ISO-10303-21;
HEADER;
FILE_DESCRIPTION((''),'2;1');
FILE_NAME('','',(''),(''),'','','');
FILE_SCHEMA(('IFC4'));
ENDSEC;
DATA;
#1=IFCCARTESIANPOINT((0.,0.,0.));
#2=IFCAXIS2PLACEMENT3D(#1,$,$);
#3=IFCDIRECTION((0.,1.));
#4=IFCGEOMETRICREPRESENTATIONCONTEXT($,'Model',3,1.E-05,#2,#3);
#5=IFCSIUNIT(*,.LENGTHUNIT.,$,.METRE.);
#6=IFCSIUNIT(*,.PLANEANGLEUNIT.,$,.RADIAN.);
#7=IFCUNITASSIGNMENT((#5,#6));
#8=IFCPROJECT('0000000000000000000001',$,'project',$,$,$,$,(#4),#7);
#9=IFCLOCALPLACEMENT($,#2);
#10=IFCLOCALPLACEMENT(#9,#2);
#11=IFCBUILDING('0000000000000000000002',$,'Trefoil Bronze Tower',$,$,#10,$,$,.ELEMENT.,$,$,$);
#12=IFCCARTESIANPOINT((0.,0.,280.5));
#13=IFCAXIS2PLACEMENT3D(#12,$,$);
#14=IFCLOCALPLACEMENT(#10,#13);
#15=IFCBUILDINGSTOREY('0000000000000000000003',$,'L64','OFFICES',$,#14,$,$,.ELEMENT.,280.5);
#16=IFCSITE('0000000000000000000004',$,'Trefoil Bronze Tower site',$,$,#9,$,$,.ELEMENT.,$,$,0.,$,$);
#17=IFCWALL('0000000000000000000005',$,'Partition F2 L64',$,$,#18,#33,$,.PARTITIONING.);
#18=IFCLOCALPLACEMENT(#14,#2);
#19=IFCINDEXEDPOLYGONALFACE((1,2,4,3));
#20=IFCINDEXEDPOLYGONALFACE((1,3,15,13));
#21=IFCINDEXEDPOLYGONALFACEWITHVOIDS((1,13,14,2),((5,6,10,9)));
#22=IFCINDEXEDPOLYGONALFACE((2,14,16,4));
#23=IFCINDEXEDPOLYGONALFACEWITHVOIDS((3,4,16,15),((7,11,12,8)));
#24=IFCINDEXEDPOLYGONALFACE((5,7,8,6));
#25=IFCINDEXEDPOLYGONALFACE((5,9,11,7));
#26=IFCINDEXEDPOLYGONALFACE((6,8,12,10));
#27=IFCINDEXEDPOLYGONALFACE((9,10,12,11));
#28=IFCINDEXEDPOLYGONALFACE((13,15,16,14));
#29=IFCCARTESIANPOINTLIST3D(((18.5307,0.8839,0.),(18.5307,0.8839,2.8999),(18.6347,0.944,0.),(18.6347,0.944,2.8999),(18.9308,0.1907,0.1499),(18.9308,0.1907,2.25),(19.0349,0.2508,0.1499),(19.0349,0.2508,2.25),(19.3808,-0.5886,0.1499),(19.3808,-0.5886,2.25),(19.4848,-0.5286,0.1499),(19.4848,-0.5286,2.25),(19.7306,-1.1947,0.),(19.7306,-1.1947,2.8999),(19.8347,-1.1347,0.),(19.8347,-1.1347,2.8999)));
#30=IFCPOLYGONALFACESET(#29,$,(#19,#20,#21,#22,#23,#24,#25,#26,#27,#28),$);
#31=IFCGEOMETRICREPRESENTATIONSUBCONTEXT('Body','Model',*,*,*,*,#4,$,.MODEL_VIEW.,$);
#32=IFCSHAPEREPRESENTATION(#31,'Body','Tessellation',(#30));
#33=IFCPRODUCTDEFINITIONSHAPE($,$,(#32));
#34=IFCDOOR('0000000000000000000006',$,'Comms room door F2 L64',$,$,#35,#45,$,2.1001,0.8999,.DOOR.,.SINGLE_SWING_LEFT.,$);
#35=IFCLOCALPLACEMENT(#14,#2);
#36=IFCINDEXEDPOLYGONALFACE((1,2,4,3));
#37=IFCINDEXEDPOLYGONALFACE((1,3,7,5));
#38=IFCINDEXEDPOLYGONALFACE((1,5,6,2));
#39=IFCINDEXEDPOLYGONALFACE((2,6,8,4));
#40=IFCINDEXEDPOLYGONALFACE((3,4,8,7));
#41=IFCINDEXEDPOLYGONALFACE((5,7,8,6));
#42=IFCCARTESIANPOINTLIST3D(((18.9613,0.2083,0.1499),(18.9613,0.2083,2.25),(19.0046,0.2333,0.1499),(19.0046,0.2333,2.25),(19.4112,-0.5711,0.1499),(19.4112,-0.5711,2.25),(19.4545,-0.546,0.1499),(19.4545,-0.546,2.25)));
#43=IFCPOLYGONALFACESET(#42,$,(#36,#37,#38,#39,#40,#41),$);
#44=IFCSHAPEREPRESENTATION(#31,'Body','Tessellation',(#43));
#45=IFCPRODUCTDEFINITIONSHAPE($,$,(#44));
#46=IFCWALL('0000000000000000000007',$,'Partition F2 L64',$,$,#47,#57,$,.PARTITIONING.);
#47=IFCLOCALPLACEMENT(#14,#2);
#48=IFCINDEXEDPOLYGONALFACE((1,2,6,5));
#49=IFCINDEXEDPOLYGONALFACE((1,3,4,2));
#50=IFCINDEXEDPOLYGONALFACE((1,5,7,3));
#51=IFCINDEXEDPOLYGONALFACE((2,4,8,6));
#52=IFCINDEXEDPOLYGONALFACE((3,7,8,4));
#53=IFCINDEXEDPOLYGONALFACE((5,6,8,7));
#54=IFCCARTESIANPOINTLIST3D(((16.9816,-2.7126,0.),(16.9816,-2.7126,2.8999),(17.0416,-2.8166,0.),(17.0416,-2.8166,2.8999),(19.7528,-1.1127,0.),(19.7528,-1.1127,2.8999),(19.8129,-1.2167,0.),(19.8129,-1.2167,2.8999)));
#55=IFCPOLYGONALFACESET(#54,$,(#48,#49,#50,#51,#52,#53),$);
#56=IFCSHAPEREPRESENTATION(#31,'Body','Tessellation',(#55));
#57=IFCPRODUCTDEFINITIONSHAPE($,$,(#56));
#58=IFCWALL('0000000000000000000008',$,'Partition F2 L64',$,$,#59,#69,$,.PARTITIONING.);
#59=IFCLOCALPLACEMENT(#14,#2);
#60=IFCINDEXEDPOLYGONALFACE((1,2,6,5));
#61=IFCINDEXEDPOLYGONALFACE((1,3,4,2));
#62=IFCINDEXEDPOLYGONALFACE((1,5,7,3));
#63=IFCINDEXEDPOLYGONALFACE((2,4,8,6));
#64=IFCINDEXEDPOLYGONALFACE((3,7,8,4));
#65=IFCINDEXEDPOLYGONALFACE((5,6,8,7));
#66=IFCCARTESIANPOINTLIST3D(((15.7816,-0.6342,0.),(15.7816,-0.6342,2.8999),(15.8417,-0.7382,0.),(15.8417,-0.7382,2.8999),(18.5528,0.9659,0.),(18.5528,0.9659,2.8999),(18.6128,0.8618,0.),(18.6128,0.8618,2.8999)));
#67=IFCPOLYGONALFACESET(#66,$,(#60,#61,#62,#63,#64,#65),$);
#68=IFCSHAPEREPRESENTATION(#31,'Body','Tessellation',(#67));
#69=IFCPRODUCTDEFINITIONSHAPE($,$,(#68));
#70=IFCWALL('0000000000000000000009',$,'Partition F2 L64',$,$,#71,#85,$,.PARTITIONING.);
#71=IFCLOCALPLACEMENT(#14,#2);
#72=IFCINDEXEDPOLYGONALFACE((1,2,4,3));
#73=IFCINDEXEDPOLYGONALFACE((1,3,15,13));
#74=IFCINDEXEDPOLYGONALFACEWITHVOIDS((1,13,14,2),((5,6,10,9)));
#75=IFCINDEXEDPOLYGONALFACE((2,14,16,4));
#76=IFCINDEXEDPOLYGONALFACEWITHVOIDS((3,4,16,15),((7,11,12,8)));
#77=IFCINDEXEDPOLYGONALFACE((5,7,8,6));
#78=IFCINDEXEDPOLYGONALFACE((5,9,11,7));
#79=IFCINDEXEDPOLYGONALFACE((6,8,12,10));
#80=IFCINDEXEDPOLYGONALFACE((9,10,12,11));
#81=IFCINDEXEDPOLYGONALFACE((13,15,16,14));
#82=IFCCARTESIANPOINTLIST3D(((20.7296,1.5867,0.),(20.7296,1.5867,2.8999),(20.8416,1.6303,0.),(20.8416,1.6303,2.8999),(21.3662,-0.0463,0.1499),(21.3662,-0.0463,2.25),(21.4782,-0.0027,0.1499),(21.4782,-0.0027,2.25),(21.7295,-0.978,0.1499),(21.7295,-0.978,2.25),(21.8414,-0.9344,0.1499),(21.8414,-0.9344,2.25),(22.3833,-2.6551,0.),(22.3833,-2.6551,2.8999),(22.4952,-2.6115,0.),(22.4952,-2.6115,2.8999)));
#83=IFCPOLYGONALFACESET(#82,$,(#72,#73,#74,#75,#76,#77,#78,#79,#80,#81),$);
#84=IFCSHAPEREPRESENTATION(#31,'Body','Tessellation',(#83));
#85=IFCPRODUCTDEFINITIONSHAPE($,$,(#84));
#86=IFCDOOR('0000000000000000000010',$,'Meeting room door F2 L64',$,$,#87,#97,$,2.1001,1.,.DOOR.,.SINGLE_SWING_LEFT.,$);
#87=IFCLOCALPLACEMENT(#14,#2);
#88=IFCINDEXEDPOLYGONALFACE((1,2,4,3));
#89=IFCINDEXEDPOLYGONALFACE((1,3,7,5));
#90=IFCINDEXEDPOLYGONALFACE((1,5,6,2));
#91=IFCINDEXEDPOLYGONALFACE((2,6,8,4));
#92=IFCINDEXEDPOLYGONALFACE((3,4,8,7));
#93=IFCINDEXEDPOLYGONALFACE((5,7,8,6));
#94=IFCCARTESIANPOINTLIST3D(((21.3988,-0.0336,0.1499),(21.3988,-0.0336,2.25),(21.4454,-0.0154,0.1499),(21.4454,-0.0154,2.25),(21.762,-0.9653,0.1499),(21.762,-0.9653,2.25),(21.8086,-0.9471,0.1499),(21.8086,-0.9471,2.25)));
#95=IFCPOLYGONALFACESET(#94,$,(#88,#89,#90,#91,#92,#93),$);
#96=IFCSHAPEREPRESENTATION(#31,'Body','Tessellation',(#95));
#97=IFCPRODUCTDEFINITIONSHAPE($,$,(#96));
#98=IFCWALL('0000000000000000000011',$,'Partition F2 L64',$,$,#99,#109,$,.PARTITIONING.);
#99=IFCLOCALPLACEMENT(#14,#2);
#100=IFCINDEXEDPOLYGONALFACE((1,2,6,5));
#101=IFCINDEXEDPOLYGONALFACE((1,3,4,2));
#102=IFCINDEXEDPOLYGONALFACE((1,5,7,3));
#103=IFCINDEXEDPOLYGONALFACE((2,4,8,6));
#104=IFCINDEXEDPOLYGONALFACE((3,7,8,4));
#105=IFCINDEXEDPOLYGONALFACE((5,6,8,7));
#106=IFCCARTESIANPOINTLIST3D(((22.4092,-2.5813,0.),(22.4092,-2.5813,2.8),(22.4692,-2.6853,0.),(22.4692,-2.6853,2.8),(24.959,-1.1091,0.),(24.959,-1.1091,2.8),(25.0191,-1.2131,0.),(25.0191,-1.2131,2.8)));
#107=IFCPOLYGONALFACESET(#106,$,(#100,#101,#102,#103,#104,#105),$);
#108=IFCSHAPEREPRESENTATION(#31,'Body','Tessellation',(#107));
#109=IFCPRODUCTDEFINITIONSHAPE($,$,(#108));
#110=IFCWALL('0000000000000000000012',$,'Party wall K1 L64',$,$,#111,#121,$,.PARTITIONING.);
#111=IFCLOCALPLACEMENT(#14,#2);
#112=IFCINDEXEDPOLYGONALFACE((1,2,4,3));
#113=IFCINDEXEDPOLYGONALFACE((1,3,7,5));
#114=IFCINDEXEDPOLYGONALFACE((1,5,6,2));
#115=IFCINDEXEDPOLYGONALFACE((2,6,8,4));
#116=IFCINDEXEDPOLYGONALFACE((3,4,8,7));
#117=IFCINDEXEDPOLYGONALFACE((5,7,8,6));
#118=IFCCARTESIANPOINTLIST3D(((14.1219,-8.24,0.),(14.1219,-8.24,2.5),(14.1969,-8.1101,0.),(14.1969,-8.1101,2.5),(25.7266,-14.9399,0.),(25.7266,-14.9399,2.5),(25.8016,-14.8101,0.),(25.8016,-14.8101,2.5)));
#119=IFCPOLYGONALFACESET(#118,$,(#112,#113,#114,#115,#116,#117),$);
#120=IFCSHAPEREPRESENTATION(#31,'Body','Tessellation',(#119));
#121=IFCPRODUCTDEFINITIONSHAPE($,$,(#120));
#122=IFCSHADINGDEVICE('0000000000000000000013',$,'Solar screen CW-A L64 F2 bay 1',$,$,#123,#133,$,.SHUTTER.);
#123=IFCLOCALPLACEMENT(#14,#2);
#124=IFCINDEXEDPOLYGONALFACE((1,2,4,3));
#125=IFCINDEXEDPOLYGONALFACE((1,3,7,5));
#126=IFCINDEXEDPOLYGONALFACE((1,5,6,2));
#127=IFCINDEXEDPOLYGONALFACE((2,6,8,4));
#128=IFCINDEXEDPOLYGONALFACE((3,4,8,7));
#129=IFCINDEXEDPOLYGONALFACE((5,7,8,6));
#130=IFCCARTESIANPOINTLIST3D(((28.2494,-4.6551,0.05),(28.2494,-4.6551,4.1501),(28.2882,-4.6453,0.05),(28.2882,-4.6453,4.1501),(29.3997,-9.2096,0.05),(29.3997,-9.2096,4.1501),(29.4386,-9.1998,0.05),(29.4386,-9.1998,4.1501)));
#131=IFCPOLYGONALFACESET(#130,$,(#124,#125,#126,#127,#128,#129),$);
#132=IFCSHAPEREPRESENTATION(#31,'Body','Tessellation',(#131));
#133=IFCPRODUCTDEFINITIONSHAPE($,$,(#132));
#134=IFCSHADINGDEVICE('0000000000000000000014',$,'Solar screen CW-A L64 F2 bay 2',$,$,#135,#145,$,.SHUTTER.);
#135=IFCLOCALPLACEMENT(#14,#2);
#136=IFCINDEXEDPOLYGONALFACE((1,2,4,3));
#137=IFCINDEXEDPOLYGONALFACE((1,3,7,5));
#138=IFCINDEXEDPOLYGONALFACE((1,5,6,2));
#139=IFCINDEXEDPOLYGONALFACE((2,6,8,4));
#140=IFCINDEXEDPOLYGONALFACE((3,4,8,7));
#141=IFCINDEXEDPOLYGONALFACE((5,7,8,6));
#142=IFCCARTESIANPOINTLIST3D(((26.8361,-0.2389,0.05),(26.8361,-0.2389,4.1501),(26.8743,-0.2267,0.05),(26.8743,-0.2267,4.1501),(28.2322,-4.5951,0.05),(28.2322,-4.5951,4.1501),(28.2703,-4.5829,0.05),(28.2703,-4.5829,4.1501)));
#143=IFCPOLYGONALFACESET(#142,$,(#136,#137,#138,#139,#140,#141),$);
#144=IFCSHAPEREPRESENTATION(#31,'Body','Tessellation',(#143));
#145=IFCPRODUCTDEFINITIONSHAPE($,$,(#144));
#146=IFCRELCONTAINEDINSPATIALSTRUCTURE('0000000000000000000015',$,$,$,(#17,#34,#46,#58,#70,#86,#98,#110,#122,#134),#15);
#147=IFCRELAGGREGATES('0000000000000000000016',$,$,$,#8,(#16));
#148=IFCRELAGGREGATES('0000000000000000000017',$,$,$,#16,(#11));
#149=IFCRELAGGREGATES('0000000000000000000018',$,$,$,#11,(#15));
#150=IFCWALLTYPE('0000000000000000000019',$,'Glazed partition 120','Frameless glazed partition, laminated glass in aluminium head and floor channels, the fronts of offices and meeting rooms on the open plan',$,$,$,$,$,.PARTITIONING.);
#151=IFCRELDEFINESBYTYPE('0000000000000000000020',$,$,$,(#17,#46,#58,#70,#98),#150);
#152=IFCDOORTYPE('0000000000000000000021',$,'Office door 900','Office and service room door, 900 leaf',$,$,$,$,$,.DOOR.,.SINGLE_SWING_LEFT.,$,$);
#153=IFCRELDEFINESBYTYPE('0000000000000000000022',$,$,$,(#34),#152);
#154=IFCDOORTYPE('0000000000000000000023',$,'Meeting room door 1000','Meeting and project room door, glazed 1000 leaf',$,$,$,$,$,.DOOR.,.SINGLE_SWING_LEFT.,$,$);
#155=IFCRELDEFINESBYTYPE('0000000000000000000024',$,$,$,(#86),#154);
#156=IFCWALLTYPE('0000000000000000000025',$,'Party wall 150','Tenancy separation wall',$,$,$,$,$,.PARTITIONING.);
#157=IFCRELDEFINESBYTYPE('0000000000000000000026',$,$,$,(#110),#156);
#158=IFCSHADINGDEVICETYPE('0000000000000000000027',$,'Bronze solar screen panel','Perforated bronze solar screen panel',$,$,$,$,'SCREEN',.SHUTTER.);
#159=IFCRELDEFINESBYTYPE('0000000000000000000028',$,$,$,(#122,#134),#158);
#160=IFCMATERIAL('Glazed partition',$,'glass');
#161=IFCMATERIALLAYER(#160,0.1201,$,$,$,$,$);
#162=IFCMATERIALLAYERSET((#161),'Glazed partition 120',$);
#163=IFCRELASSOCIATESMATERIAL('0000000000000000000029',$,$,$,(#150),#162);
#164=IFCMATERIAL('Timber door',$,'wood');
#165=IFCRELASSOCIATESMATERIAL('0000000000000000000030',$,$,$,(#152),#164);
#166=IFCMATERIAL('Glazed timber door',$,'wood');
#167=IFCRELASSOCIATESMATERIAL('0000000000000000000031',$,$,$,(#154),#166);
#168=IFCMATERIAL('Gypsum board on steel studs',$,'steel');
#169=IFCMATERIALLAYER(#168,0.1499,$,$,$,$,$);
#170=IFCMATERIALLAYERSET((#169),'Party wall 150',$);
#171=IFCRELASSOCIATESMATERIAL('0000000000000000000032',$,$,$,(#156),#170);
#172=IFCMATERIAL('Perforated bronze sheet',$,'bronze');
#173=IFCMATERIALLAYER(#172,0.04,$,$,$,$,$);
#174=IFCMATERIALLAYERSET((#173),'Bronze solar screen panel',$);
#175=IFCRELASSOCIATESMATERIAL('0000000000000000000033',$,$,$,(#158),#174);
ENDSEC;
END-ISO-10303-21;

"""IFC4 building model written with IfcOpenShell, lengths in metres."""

from ifc_helpers import new_model, si_unit, direction, frame, frame_2d, origin, origin_2d, place, context, subcontext, project, spatial, rectangle, extrude, material, layer, layer_set, type_object, element, fill, save


model = new_model("IFC4")

# Units and contexts
model_context = context("Model", 3, precision=1e-05, world=origin(), true_north=direction((0.0, 1.0)))
body_context = subcontext(model_context, "Body", "Model", "MODEL_VIEW")
ifc_project = project(units=[si_unit("LENGTHUNIT", "METRE"), si_unit("PLANEANGLEUNIT", "RADIAN")], contexts=[model_context])

# Site, building, storey
site_placement = place(None, origin())
site = spatial("IfcSite", under=ifc_project, at=site_placement, Name="Trefoil Bronze Tower site", CompositionType="ELEMENT", RefElevation=0.0)
building_placement = place(site_placement, origin())
building = spatial("IfcBuilding", under=site, at=building_placement, Name="Trefoil Bronze Tower", CompositionType="ELEMENT")
storey_placement = place(building_placement, frame((0.0, 0.0, 280.5)))
storey = spatial("IfcBuildingStorey", under=building, at=storey_placement, Name="L64", Description="OFFICES", CompositionType="ELEMENT", Elevation=280.5)

# Wall, opening, door
ifc_material_1 = material(Name="Glazed partition", Category="glass")
ifc_layer_1 = layer(ifc_material_1, 0.1201)
ifc_layer_set_1 = layer_set([ifc_layer_1], Name="Glazed partition 120")
wall_type_1 = type_object("IfcWallType", Name="Glazed partition 120", Description="Frameless glazed partition, laminated glass in aluminium head and floor channels, the fronts of offices and meeting rooms on the open plan", PredefinedType="PARTITIONING", material=ifc_layer_set_1)
wall_1_placement = place(storey_placement, frame((19.7827, -1.1648, 0.0), z_axis=(0.0, 0.0, 1.0), x_axis=(-0.499957, 0.86605, 0.0)))
wall_1 = element("IfcWall", 1, at=wall_1_placement, inside=storey, type_object=wall_type_1, Name="Partition F2 L64", PredefinedType="PARTITIONING", context=body_context, shape_type="SweptSolid", body=[
    extrude(rectangle(XDim=2.4001, YDim=0.1201, at=frame_2d((1.2002, 0.0))), origin(), (0.0, 0.0, 1.0), 2.8999),
])
opening_1_placement = place(wall_1_placement, frame((0.7, 0.0, 0.1499)))
opening_1 = element("IfcOpeningElement", 2, at=opening_1_placement, cuts=wall_1, PredefinedType="OPENING", context=body_context, shape_type="SweptSolid", body=[
    extrude(rectangle(XDim=0.8999, YDim=2.1001, at=frame_2d((0.45, 1.05))), frame((0.0, 0.0701, 0.0), z_axis=(0.0, -1.0, 0.0), x_axis=(1.0, 0.0, 0.0)), (0.0, 0.0, 1.0), 0.1401),
])
ifc_material_2 = material(Name="Timber door", Category="wood")
door_type_1 = type_object("IfcDoorType", Name="Office door 900", Description="Office and service room door, 900 leaf", OperationType="SINGLE_SWING_LEFT", PredefinedType="DOOR", material=ifc_material_2)
door_1_placement = place(opening_1_placement, origin())
door_1 = element("IfcDoor", 3, at=door_1_placement, inside=storey, type_object=door_type_1, Name="Comms room door F2 L64", OperationType="SINGLE_SWING_LEFT", OverallHeight=2.1001, OverallWidth=0.8999, PredefinedType="DOOR", context=body_context, shape_type="SweptSolid", body=[
    extrude(rectangle(XDim=0.8999, YDim=2.1001, at=frame_2d((0.45, 1.05))), frame((0.0, 0.0249, 0.0), z_axis=(0.0, -1.0, 0.0), x_axis=(1.0, 0.0, 0.0)), (0.0, 0.0, 1.0), 0.05),
])
fill(opening_1, door_1)

# Walls
for number, where, z_axis, x_axis, name in (
    (4, (17.0115, -2.7646, 0.0), (0.0, 0.0, 1.0), (0.866042, 0.499971, 0.0), "Partition F2 L64"),
    (5, (15.8115, -0.6863, 0.0), (0.0, 0.0, 1.0), (0.866009, 0.500028, 0.0), "Partition F2 L64"),
):
    element("IfcWall", number, at=place(storey_placement, frame(where, z_axis=z_axis, x_axis=x_axis)), inside=storey, type_object=wall_type_1, Name=name, PredefinedType="PARTITIONING", context=body_context, shape_type="SweptSolid", body=[
        extrude(rectangle(XDim=3.2, YDim=0.1201, at=frame_2d((1.6001, 0.0))), origin(), (0.0, 0.0, 1.0), 2.8999),
    ])

# Wall, opening, door
wall_2_placement = place(storey_placement, frame((22.4392, -2.6333, 0.0), z_axis=(0.0, 0.0, 1.0), x_axis=(-0.363212, 0.931706, 0.0)))
wall_2 = element("IfcWall", 6, at=wall_2_placement, inside=storey, type_object=wall_type_1, Name="Partition F2 L64", PredefinedType="PARTITIONING", context=body_context, shape_type="SweptSolid", body=[
    extrude(rectangle(XDim=4.5527, YDim=0.1201, at=frame_2d((2.2764, 0.0))), origin(), (0.0, 0.0, 1.0), 2.8999),
])
opening_2_placement = place(wall_2_placement, frame((1.8, 0.0, 0.1499)))
opening_2 = element("IfcOpeningElement", 7, at=opening_2_placement, cuts=wall_2, PredefinedType="OPENING", context=body_context, shape_type="SweptSolid", body=[
    extrude(rectangle(XDim=1.0, YDim=2.1001, at=frame_2d((0.5, 1.05))), frame((0.0, 0.0701, 0.0), z_axis=(0.0, -1.0, 0.0), x_axis=(1.0, 0.0, 0.0)), (0.0, 0.0, 1.0), 0.1401),
])
ifc_material_3 = material(Name="Glazed timber door", Category="wood")
door_type_2 = type_object("IfcDoorType", Name="Meeting room door 1000", Description="Meeting and project room door, glazed 1000 leaf", OperationType="SINGLE_SWING_LEFT", PredefinedType="DOOR", material=ifc_material_3)
door_2_placement = place(opening_2_placement, frame((1.0, 0.0, 0.0), z_axis=(0.0, 0.0, 1.0), x_axis=(-1.0, 0.0, 0.0)))
door_2 = element("IfcDoor", 8, at=door_2_placement, inside=storey, type_object=door_type_2, Name="Meeting room door F2 L64", OperationType="SINGLE_SWING_LEFT", OverallHeight=2.1001, OverallWidth=1.0, PredefinedType="DOOR", context=body_context, shape_type="SweptSolid", body=[
    extrude(rectangle(XDim=1.0, YDim=2.1001, at=frame_2d((0.5, 1.05))), frame((0.0, 0.0249, 0.0), z_axis=(0.0, -1.0, 0.0), x_axis=(1.0, 0.0, 0.0)), (0.0, 0.0, 1.0), 0.05),
])
fill(opening_2, door_2)

# Walls
wall_3_placement = place(storey_placement, frame((22.4392, -2.6333, 0.0), z_axis=(0.0, 0.0, 1.0), x_axis=(0.86602, 0.50001, 0.0)))
element("IfcWall", 9, at=wall_3_placement, inside=storey, type_object=wall_type_1, Name="Partition F2 L64", PredefinedType="PARTITIONING", context=body_context, shape_type="SweptSolid", body=[
    extrude(rectangle(XDim=2.9443, YDim=0.1201, at=frame_2d((1.4722, 0.0))), origin(), (0.0, 0.0, 1.0), 2.8),
])
ifc_material_4 = material(Name="Gypsum board on steel studs", Category="steel")
ifc_layer_2 = layer(ifc_material_4, 0.1499)
ifc_layer_set_2 = layer_set([ifc_layer_2], Name="Party wall 150")
wall_type_2 = type_object("IfcWallType", Name="Party wall 150", Description="Tenancy separation wall", PredefinedType="PARTITIONING", material=ifc_layer_set_2)
wall_4_placement = place(storey_placement, frame((14.1594, -8.175, 0.0), z_axis=(0.0, 0.0, 1.0), x_axis=(0.866027, -0.499997, 0.0)))
element("IfcWall", 10, at=wall_4_placement, inside=storey, type_object=wall_type_2, Name="Party wall K1 L64", PredefinedType="PARTITIONING", context=body_context, shape_type="SweptSolid", body=[
    extrude(rectangle(XDim=13.3999, YDim=0.1499, at=frame_2d((6.7, 0.0))), origin(), (0.0, 0.0, 1.0), 2.5),
])

# Shading devices
ifc_material_5 = material(Name="Perforated bronze sheet", Category="bronze")
ifc_layer_3 = layer(ifc_material_5, 0.04)
ifc_layer_set_3 = layer_set([ifc_layer_3], Name="Bronze solar screen panel")
shading_device_type = type_object("IfcShadingDeviceType", Name="Bronze solar screen panel", Description="Perforated bronze solar screen panel", ElementType="SCREEN", PredefinedType="SHUTTER", material=ifc_layer_set_3)
shading_device_1_placement = place(storey_placement, frame((28.844, -6.9275, 0.05), z_axis=(0.0, 0.0, 1.0), x_axis=(-0.24488, 0.969554, 0.0)))
element("IfcShadingDevice", 11, at=shading_device_1_placement, inside=storey, type_object=shading_device_type, Name="Solar screen CW-A L64 F2 bay 1", PredefinedType="SHUTTER", context=body_context, shape_type="SweptSolid", body=[
    extrude(rectangle(XDim=4.6975, YDim=0.04, at=origin_2d()), origin(), (0.0, 0.0, 1.0), 4.1001),
])
shading_device_2_placement = place(storey_placement, frame((27.5532, -2.4109, 0.05), z_axis=(0.0, 0.0, 1.0), x_axis=(-0.305188, 0.952292, 0.0)))
element("IfcShadingDevice", 12, at=shading_device_2_placement, inside=storey, type_object=shading_device_type, Name="Solar screen CW-A L64 F2 bay 2", PredefinedType="SHUTTER", context=body_context, shape_type="SweptSolid", body=[
    extrude(rectangle(XDim=4.5745, YDim=0.04, at=origin_2d()), origin(), (0.0, 0.0, 1.0), 4.1001),
])

save(model, "model.ifc")
